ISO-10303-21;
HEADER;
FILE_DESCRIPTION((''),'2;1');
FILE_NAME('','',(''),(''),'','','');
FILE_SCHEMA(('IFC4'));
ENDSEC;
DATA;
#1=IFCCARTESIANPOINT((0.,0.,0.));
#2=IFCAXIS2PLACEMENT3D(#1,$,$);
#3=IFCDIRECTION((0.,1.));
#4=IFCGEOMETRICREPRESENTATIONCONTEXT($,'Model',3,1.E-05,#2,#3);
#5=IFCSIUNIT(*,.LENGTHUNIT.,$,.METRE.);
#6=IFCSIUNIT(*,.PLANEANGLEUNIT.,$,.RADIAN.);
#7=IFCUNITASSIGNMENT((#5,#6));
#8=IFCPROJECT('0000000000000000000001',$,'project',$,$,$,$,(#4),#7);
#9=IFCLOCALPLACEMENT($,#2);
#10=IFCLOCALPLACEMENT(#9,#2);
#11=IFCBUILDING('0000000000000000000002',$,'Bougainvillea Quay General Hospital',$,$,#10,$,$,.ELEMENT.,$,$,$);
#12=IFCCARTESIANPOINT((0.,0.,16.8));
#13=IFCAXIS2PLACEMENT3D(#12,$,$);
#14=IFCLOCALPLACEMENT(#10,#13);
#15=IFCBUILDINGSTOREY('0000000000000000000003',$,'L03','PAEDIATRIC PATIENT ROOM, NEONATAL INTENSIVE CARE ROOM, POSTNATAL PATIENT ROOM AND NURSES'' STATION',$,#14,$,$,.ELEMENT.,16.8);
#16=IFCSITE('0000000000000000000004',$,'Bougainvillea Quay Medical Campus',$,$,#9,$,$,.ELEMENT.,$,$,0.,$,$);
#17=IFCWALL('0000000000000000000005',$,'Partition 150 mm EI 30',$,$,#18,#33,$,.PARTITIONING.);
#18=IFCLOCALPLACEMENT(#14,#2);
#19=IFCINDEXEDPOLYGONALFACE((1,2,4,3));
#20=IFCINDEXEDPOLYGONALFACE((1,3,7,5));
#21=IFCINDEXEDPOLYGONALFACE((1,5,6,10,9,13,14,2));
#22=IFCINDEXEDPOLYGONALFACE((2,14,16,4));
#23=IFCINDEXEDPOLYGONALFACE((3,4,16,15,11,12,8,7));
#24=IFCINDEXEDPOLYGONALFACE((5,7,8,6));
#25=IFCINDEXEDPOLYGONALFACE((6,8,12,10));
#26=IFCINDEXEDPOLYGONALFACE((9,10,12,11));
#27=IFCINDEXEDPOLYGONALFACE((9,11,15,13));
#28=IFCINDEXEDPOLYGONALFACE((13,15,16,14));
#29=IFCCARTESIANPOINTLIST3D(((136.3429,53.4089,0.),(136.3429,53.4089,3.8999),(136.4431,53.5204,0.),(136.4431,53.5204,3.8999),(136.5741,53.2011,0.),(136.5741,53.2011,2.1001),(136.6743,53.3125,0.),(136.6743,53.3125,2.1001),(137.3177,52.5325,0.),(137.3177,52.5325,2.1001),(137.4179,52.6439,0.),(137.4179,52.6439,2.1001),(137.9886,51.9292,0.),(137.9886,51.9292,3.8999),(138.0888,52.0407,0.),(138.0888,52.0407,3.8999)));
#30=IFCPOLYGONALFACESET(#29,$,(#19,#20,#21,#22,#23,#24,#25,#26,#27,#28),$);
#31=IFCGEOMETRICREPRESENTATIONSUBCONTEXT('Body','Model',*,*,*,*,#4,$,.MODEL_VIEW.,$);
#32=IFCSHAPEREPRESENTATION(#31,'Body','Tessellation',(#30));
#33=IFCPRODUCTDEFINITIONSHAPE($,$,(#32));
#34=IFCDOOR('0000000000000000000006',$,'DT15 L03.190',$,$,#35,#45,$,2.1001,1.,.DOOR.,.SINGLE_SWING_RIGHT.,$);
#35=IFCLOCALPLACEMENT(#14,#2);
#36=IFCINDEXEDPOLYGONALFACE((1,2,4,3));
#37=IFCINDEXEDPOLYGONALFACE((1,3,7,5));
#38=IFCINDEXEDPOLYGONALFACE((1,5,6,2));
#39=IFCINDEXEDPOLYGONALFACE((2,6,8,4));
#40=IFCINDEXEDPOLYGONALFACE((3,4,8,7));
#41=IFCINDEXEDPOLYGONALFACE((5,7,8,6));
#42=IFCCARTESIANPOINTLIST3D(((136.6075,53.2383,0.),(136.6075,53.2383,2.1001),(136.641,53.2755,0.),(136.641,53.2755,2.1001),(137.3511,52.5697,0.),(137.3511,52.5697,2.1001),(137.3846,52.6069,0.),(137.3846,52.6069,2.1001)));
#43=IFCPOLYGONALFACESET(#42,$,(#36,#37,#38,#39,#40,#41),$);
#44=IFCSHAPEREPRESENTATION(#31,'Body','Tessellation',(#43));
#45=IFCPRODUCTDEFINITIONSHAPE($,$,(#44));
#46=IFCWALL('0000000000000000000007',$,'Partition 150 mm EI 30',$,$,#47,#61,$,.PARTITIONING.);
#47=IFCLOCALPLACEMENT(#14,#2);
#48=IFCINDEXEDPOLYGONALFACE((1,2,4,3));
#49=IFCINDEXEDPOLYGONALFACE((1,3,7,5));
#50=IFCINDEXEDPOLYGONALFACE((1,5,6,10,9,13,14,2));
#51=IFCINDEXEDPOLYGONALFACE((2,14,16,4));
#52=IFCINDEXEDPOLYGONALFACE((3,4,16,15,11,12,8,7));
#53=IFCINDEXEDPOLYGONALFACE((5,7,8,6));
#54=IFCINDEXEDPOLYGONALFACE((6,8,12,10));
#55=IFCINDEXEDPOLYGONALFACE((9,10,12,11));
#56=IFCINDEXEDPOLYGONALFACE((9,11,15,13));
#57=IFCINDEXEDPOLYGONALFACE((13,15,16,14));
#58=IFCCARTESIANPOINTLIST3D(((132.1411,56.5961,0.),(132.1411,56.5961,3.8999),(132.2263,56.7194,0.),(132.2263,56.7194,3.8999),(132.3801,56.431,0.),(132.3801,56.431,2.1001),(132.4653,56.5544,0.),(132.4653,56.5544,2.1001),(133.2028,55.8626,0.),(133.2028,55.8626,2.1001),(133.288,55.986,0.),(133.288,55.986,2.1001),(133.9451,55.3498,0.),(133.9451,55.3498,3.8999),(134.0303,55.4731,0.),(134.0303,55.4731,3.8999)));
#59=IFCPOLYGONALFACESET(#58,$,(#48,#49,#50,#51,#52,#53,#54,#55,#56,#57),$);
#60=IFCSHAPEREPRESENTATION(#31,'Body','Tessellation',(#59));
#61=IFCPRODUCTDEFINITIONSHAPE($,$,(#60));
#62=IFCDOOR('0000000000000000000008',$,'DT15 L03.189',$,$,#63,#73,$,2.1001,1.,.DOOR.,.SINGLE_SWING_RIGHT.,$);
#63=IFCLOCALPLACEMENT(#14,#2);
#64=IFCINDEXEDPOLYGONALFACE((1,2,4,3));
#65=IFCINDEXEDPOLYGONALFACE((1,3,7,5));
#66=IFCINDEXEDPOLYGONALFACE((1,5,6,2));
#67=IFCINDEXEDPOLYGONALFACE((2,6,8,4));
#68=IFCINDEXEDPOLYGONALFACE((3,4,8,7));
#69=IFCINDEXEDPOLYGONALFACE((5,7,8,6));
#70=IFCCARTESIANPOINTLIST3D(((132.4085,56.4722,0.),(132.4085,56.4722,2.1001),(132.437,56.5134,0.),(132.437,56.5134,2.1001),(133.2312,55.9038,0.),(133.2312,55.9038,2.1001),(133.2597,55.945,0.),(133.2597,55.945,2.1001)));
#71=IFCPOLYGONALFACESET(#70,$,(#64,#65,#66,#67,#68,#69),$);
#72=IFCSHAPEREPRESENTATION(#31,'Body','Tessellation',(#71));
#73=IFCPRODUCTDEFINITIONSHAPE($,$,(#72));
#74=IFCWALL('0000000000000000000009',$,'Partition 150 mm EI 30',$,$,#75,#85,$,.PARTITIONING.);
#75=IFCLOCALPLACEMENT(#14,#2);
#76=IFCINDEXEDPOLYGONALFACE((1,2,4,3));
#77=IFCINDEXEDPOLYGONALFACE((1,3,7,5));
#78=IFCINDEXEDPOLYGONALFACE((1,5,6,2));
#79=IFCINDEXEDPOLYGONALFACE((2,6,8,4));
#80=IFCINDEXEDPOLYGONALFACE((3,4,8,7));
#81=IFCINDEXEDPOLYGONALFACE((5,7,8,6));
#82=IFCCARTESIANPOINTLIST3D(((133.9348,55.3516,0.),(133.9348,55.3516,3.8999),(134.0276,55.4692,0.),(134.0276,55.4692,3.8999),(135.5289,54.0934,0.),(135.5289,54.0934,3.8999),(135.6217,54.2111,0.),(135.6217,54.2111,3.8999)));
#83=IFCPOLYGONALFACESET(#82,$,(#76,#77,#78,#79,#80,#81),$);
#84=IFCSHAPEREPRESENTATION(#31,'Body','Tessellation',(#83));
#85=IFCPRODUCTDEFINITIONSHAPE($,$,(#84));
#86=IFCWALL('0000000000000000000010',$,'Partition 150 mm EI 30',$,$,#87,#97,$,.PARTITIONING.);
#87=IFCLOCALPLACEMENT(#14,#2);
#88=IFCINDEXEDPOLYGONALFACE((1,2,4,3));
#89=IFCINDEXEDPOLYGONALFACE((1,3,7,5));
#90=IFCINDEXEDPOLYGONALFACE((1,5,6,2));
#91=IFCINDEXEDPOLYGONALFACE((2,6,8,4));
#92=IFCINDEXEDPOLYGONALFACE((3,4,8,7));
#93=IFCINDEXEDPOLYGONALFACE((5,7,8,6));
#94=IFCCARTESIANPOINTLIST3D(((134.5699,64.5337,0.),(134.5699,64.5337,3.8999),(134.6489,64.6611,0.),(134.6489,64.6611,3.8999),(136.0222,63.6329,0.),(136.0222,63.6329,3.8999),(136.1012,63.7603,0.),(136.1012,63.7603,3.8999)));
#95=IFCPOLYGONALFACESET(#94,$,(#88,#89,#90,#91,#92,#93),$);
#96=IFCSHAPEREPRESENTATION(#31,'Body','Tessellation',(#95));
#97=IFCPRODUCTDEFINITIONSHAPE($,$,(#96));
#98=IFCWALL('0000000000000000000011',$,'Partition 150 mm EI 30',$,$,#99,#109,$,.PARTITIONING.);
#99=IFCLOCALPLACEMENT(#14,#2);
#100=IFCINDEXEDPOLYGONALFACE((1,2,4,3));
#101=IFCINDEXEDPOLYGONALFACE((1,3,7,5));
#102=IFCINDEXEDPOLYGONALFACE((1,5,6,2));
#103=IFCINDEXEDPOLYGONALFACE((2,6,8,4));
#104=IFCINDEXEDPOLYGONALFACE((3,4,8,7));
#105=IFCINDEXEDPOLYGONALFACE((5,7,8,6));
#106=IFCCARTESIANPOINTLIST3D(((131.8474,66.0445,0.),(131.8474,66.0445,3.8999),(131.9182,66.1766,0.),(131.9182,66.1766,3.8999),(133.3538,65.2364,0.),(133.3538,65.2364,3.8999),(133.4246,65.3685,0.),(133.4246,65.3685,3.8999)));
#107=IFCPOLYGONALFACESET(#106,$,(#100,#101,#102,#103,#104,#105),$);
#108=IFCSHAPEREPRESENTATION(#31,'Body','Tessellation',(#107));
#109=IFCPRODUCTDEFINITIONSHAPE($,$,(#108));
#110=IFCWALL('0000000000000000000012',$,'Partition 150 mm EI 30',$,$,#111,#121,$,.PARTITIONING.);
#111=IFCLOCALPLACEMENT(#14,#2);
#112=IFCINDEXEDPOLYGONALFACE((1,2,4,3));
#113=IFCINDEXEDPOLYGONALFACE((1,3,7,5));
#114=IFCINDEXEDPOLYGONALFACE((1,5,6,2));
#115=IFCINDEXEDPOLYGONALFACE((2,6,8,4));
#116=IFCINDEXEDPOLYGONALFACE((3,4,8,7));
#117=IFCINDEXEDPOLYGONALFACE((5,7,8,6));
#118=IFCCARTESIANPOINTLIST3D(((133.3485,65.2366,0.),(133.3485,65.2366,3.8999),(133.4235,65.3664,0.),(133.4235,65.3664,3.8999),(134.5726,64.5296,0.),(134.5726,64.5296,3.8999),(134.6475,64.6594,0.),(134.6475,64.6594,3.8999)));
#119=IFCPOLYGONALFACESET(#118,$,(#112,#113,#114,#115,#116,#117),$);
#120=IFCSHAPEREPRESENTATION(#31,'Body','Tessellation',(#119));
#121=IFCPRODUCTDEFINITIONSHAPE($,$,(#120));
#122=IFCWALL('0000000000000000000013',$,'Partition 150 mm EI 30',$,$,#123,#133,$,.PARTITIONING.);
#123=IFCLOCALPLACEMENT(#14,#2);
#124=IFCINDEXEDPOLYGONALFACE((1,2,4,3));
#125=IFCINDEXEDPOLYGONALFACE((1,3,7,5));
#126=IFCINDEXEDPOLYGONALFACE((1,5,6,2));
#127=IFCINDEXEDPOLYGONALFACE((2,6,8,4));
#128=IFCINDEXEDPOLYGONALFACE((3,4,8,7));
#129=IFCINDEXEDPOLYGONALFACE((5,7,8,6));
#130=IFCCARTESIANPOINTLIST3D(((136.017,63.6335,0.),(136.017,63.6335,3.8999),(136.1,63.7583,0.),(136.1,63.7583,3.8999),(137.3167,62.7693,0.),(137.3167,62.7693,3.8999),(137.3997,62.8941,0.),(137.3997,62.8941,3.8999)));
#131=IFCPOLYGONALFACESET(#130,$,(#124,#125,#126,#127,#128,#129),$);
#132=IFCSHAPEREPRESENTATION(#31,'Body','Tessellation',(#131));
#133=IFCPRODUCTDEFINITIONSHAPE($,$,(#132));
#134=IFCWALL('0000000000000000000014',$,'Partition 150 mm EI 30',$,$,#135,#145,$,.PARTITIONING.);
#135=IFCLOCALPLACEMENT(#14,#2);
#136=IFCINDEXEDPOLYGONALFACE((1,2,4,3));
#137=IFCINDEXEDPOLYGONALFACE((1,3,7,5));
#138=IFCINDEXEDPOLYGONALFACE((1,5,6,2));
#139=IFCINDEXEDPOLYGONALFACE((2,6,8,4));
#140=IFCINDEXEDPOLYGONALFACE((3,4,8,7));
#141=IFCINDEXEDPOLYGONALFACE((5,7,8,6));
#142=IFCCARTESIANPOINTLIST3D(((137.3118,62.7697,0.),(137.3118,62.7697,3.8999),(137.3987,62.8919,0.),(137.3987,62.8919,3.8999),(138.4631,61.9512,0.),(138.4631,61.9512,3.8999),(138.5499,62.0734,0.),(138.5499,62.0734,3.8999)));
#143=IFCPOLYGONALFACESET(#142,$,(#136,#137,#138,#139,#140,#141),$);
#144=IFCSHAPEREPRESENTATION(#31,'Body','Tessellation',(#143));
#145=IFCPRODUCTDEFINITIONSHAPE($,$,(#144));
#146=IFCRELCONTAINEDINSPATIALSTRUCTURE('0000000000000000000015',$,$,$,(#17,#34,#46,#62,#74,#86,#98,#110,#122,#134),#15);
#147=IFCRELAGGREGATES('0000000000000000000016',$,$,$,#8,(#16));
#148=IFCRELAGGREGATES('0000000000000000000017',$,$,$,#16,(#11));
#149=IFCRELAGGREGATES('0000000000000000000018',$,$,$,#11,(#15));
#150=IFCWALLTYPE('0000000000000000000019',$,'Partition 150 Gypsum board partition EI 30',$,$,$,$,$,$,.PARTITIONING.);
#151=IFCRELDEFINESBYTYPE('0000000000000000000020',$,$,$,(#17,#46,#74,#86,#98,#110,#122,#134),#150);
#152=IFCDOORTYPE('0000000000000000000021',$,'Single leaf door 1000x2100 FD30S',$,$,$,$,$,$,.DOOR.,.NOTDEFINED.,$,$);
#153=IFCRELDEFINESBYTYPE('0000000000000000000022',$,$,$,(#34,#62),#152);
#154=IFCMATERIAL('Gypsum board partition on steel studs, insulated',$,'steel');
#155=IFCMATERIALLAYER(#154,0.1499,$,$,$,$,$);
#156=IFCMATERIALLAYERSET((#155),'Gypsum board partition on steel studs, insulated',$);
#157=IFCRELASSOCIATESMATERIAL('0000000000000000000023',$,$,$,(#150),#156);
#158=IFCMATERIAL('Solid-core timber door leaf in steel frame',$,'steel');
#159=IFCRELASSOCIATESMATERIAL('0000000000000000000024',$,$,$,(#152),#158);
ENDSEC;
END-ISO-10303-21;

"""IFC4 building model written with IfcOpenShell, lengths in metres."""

from ifc_helpers import new_model, si_unit, direction, frame, frame_2d, origin, place, context, subcontext, project, spatial, rectangle, extrude, material, layer, layer_set, type_object, element, fill, save


model = new_model("IFC4")

# Units and contexts
model_context = context("Model", 3, precision=1e-05, world=origin(), true_north=direction((0.0, 1.0)))
body_context = subcontext(model_context, "Body", "Model", "MODEL_VIEW")
ifc_project = project(units=[si_unit("LENGTHUNIT", "METRE"), si_unit("PLANEANGLEUNIT", "RADIAN")], contexts=[model_context])

# Site, building, storey
site_placement = place(None, origin())
site = spatial("IfcSite", under=ifc_project, at=site_placement, Name="Bougainvillea Quay Medical Campus", CompositionType="ELEMENT", RefElevation=0.0)
building_placement = place(site_placement, origin())
building = spatial("IfcBuilding", under=site, at=building_placement, Name="Bougainvillea Quay General Hospital", CompositionType="ELEMENT")
storey_placement = place(building_placement, frame((0.0, 0.0, 16.8)))
storey = spatial("IfcBuildingStorey", under=building, at=storey_placement, Name="L03", Description="PAEDIATRIC PATIENT ROOM, NEONATAL INTENSIVE CARE ROOM, POSTNATAL PATIENT ROOM AND NURSES' STATION", CompositionType="ELEMENT", Elevation=16.8)

# Shared definitions
ifc_material_1 = material(Name="Gypsum board partition on steel studs, insulated", Category="steel")
ifc_layer_1 = layer(ifc_material_1, 0.1499)
ifc_layer_set_1 = layer_set([ifc_layer_1], Name="Gypsum board partition on steel studs, insulated")
wall_type_1 = type_object("IfcWallType", Name="Partition 150 Gypsum board partition EI 30", PredefinedType="PARTITIONING", material=ifc_layer_set_1)

# Walls, openings, doors
wall_1_placement = place(storey_placement, frame((136.3931, 53.4646, 0.0), z_axis=(0.0, 0.0, 1.0), x_axis=(0.743618, -0.668605, 0.0)))
wall_1 = element("IfcWall", 1, at=wall_1_placement, inside=storey, type_object=wall_type_1, Name="Partition 150 mm EI 30", PredefinedType="PARTITIONING", context=body_context, shape_type="SweptSolid", body=[
    extrude(rectangle(XDim=2.2131, YDim=0.1499, at=frame_2d((1.1064, 0.0))), origin(), (0.0, 0.0, 1.0), 3.8999),
])
opening_1_placement = place(wall_1_placement, frame((0.3108, 0.0, 0.0)))
opening_1 = element("IfcOpeningElement", 2, at=opening_1_placement, cuts=wall_1, PredefinedType="OPENING", context=body_context, shape_type="SweptSolid", body=[
    extrude(rectangle(XDim=1.0, YDim=2.1001, at=frame_2d((0.5, 1.05))), frame((0.0, 0.085, 0.0), z_axis=(0.0, -1.0, 0.0), x_axis=(1.0, 0.0, 0.0)), (0.0, 0.0, 1.0), 0.1699),
])
ifc_material_2 = material(Name="Solid-core timber door leaf in steel frame", Category="steel")
door_type_1 = type_object("IfcDoorType", Name="Single leaf door 1000x2100 FD30S", OperationType="NOTDEFINED", PredefinedType="DOOR", material=ifc_material_2)
door_1_placement = place(opening_1_placement, frame((1.0, 0.0, 0.0), z_axis=(0.0, 0.0, 1.0), x_axis=(-1.0, 0.0, 0.0)))
door_1 = element("IfcDoor", 3, at=door_1_placement, inside=storey, type_object=door_type_1, Name="DT15 L03.190", OperationType="SINGLE_SWING_RIGHT", OverallHeight=2.1001, OverallWidth=1.0, PredefinedType="DOOR", context=body_context, shape_type="SweptSolid", body=[
    extrude(rectangle(XDim=1.0, YDim=2.1001, at=frame_2d((0.5, 1.05))), frame((0.0, 0.0249, 0.0), z_axis=(0.0, -1.0, 0.0), x_axis=(1.0, 0.0, 0.0)), (0.0, 0.0, 1.0), 0.05),
])
fill(opening_1, door_1)
wall_2_placement = place(storey_placement, frame((132.1838, 56.6577, 0.0), z_axis=(0.0, 0.0, 1.0), x_axis=(0.822737, -0.568422, 0.0)))
wall_2 = element("IfcWall", 4, at=wall_2_placement, inside=storey, type_object=wall_type_1, Name="Partition 150 mm EI 30", PredefinedType="PARTITIONING", context=body_context, shape_type="SweptSolid", body=[
    extrude(rectangle(XDim=2.1926, YDim=0.1499, at=frame_2d((1.0962, 0.0))), origin(), (0.0, 0.0, 1.0), 3.8999),
])
opening_2_placement = place(wall_2_placement, frame((0.2903, 0.0, 0.0)))
opening_2 = element("IfcOpeningElement", 5, at=opening_2_placement, cuts=wall_2, PredefinedType="OPENING", context=body_context, shape_type="SweptSolid", body=[
    extrude(rectangle(XDim=1.0, YDim=2.1001, at=frame_2d((0.5, 1.05))), frame((0.0, 0.085, 0.0), z_axis=(0.0, -1.0, 0.0), x_axis=(1.0, 0.0, 0.0)), (0.0, 0.0, 1.0), 0.1699),
])
door_2_placement = place(opening_2_placement, frame((1.0, 0.0, 0.0), z_axis=(0.0, 0.0, 1.0), x_axis=(-1.0, 0.0, 0.0)))
door_2 = element("IfcDoor", 6, at=door_2_placement, inside=storey, type_object=door_type_1, Name="DT15 L03.189", OperationType="SINGLE_SWING_RIGHT", OverallHeight=2.1001, OverallWidth=1.0, PredefinedType="DOOR", context=body_context, shape_type="SweptSolid", body=[
    extrude(rectangle(XDim=1.0, YDim=2.1001, at=frame_2d((0.5, 1.05))), frame((0.0, 0.0249, 0.0), z_axis=(0.0, -1.0, 0.0), x_axis=(1.0, 0.0, 0.0)), (0.0, 0.0, 1.0), 0.05),
])
fill(opening_2, door_2)

# Walls
wall_3_placement = place(storey_placement, frame((133.9812, 55.4104, 0.0), z_axis=(0.0, 0.0, 1.0), x_axis=(0.784969, -0.619535, 0.0)))
element("IfcWall", 7, at=wall_3_placement, inside=storey, type_object=wall_type_1, Name="Partition 150 mm EI 30", PredefinedType="PARTITIONING", context=body_context, shape_type="SweptSolid", body=[
    extrude(rectangle(XDim=2.0308, YDim=0.1499, at=frame_2d((1.0154, 0.0))), origin(), (0.0, 0.0, 1.0), 3.8999),
])
wall_4_placement = place(storey_placement, frame((134.6094, 64.5974, 0.0), z_axis=(0.0, 0.0, 1.0), x_axis=(0.849799, -0.527107, 0.0)))
element("IfcWall", 8, at=wall_4_placement, inside=storey, type_object=wall_type_1, Name="Partition 150 mm EI 30", PredefinedType="PARTITIONING", context=body_context, shape_type="SweptSolid", body=[
    extrude(rectangle(XDim=1.709, YDim=0.1499, at=frame_2d((0.8545, 0.0))), origin(), (0.0, 0.0, 1.0), 3.8999),
])
wall_5_placement = place(storey_placement, frame((131.8828, 66.1106, 0.0), z_axis=(0.0, 0.0, 1.0), x_axis=(0.881204, -0.472737, 0.0)))
element("IfcWall", 9, at=wall_5_placement, inside=storey, type_object=wall_type_1, Name="Partition 150 mm EI 30", PredefinedType="PARTITIONING", context=body_context, shape_type="SweptSolid", body=[
    extrude(rectangle(XDim=1.7095, YDim=0.1499, at=frame_2d((0.8547, 0.0))), origin(), (0.0, 0.0, 1.0), 3.8999),
])
wall_6_placement = place(storey_placement, frame((133.386, 65.3015, 0.0), z_axis=(0.0, 0.0, 1.0), x_axis=(0.865938, -0.500151, 0.0)))
element("IfcWall", 10, at=wall_6_placement, inside=storey, type_object=wall_type_1, Name="Partition 150 mm EI 30", PredefinedType="PARTITIONING", context=body_context, shape_type="SweptSolid", body=[
    extrude(rectangle(XDim=1.4136, YDim=0.1499, at=frame_2d((0.7068, 0.0))), origin(), (0.0, 0.0, 1.0), 3.8999),
])
wall_7_placement = place(storey_placement, frame((136.0586, 63.6958, 0.0), z_axis=(0.0, 0.0, 1.0), x_axis=(0.832723, -0.553689, 0.0)))
element("IfcWall", 11, at=wall_7_placement, inside=storey, type_object=wall_type_1, Name="Partition 150 mm EI 30", PredefinedType="PARTITIONING", context=body_context, shape_type="SweptSolid", body=[
    extrude(rectangle(XDim=1.5608, YDim=0.1499, at=frame_2d((0.7803, 0.0))), origin(), (0.0, 0.0, 1.0), 3.8999),
])
wall_8_placement = place(storey_placement, frame((137.3552, 62.8308, 0.0), z_axis=(0.0, 0.0, 1.0), x_axis=(0.815004, -0.579455, 0.0)))
element("IfcWall", 12, at=wall_8_placement, inside=storey, type_object=wall_type_1, Name="Partition 150 mm EI 30", PredefinedType="PARTITIONING", context=body_context, shape_type="SweptSolid", body=[
    extrude(rectangle(XDim=1.4126, YDim=0.1499, at=frame_2d((0.7063, 0.0))), origin(), (0.0, 0.0, 1.0), 3.8999),
])

save(model, "model.ifc")
